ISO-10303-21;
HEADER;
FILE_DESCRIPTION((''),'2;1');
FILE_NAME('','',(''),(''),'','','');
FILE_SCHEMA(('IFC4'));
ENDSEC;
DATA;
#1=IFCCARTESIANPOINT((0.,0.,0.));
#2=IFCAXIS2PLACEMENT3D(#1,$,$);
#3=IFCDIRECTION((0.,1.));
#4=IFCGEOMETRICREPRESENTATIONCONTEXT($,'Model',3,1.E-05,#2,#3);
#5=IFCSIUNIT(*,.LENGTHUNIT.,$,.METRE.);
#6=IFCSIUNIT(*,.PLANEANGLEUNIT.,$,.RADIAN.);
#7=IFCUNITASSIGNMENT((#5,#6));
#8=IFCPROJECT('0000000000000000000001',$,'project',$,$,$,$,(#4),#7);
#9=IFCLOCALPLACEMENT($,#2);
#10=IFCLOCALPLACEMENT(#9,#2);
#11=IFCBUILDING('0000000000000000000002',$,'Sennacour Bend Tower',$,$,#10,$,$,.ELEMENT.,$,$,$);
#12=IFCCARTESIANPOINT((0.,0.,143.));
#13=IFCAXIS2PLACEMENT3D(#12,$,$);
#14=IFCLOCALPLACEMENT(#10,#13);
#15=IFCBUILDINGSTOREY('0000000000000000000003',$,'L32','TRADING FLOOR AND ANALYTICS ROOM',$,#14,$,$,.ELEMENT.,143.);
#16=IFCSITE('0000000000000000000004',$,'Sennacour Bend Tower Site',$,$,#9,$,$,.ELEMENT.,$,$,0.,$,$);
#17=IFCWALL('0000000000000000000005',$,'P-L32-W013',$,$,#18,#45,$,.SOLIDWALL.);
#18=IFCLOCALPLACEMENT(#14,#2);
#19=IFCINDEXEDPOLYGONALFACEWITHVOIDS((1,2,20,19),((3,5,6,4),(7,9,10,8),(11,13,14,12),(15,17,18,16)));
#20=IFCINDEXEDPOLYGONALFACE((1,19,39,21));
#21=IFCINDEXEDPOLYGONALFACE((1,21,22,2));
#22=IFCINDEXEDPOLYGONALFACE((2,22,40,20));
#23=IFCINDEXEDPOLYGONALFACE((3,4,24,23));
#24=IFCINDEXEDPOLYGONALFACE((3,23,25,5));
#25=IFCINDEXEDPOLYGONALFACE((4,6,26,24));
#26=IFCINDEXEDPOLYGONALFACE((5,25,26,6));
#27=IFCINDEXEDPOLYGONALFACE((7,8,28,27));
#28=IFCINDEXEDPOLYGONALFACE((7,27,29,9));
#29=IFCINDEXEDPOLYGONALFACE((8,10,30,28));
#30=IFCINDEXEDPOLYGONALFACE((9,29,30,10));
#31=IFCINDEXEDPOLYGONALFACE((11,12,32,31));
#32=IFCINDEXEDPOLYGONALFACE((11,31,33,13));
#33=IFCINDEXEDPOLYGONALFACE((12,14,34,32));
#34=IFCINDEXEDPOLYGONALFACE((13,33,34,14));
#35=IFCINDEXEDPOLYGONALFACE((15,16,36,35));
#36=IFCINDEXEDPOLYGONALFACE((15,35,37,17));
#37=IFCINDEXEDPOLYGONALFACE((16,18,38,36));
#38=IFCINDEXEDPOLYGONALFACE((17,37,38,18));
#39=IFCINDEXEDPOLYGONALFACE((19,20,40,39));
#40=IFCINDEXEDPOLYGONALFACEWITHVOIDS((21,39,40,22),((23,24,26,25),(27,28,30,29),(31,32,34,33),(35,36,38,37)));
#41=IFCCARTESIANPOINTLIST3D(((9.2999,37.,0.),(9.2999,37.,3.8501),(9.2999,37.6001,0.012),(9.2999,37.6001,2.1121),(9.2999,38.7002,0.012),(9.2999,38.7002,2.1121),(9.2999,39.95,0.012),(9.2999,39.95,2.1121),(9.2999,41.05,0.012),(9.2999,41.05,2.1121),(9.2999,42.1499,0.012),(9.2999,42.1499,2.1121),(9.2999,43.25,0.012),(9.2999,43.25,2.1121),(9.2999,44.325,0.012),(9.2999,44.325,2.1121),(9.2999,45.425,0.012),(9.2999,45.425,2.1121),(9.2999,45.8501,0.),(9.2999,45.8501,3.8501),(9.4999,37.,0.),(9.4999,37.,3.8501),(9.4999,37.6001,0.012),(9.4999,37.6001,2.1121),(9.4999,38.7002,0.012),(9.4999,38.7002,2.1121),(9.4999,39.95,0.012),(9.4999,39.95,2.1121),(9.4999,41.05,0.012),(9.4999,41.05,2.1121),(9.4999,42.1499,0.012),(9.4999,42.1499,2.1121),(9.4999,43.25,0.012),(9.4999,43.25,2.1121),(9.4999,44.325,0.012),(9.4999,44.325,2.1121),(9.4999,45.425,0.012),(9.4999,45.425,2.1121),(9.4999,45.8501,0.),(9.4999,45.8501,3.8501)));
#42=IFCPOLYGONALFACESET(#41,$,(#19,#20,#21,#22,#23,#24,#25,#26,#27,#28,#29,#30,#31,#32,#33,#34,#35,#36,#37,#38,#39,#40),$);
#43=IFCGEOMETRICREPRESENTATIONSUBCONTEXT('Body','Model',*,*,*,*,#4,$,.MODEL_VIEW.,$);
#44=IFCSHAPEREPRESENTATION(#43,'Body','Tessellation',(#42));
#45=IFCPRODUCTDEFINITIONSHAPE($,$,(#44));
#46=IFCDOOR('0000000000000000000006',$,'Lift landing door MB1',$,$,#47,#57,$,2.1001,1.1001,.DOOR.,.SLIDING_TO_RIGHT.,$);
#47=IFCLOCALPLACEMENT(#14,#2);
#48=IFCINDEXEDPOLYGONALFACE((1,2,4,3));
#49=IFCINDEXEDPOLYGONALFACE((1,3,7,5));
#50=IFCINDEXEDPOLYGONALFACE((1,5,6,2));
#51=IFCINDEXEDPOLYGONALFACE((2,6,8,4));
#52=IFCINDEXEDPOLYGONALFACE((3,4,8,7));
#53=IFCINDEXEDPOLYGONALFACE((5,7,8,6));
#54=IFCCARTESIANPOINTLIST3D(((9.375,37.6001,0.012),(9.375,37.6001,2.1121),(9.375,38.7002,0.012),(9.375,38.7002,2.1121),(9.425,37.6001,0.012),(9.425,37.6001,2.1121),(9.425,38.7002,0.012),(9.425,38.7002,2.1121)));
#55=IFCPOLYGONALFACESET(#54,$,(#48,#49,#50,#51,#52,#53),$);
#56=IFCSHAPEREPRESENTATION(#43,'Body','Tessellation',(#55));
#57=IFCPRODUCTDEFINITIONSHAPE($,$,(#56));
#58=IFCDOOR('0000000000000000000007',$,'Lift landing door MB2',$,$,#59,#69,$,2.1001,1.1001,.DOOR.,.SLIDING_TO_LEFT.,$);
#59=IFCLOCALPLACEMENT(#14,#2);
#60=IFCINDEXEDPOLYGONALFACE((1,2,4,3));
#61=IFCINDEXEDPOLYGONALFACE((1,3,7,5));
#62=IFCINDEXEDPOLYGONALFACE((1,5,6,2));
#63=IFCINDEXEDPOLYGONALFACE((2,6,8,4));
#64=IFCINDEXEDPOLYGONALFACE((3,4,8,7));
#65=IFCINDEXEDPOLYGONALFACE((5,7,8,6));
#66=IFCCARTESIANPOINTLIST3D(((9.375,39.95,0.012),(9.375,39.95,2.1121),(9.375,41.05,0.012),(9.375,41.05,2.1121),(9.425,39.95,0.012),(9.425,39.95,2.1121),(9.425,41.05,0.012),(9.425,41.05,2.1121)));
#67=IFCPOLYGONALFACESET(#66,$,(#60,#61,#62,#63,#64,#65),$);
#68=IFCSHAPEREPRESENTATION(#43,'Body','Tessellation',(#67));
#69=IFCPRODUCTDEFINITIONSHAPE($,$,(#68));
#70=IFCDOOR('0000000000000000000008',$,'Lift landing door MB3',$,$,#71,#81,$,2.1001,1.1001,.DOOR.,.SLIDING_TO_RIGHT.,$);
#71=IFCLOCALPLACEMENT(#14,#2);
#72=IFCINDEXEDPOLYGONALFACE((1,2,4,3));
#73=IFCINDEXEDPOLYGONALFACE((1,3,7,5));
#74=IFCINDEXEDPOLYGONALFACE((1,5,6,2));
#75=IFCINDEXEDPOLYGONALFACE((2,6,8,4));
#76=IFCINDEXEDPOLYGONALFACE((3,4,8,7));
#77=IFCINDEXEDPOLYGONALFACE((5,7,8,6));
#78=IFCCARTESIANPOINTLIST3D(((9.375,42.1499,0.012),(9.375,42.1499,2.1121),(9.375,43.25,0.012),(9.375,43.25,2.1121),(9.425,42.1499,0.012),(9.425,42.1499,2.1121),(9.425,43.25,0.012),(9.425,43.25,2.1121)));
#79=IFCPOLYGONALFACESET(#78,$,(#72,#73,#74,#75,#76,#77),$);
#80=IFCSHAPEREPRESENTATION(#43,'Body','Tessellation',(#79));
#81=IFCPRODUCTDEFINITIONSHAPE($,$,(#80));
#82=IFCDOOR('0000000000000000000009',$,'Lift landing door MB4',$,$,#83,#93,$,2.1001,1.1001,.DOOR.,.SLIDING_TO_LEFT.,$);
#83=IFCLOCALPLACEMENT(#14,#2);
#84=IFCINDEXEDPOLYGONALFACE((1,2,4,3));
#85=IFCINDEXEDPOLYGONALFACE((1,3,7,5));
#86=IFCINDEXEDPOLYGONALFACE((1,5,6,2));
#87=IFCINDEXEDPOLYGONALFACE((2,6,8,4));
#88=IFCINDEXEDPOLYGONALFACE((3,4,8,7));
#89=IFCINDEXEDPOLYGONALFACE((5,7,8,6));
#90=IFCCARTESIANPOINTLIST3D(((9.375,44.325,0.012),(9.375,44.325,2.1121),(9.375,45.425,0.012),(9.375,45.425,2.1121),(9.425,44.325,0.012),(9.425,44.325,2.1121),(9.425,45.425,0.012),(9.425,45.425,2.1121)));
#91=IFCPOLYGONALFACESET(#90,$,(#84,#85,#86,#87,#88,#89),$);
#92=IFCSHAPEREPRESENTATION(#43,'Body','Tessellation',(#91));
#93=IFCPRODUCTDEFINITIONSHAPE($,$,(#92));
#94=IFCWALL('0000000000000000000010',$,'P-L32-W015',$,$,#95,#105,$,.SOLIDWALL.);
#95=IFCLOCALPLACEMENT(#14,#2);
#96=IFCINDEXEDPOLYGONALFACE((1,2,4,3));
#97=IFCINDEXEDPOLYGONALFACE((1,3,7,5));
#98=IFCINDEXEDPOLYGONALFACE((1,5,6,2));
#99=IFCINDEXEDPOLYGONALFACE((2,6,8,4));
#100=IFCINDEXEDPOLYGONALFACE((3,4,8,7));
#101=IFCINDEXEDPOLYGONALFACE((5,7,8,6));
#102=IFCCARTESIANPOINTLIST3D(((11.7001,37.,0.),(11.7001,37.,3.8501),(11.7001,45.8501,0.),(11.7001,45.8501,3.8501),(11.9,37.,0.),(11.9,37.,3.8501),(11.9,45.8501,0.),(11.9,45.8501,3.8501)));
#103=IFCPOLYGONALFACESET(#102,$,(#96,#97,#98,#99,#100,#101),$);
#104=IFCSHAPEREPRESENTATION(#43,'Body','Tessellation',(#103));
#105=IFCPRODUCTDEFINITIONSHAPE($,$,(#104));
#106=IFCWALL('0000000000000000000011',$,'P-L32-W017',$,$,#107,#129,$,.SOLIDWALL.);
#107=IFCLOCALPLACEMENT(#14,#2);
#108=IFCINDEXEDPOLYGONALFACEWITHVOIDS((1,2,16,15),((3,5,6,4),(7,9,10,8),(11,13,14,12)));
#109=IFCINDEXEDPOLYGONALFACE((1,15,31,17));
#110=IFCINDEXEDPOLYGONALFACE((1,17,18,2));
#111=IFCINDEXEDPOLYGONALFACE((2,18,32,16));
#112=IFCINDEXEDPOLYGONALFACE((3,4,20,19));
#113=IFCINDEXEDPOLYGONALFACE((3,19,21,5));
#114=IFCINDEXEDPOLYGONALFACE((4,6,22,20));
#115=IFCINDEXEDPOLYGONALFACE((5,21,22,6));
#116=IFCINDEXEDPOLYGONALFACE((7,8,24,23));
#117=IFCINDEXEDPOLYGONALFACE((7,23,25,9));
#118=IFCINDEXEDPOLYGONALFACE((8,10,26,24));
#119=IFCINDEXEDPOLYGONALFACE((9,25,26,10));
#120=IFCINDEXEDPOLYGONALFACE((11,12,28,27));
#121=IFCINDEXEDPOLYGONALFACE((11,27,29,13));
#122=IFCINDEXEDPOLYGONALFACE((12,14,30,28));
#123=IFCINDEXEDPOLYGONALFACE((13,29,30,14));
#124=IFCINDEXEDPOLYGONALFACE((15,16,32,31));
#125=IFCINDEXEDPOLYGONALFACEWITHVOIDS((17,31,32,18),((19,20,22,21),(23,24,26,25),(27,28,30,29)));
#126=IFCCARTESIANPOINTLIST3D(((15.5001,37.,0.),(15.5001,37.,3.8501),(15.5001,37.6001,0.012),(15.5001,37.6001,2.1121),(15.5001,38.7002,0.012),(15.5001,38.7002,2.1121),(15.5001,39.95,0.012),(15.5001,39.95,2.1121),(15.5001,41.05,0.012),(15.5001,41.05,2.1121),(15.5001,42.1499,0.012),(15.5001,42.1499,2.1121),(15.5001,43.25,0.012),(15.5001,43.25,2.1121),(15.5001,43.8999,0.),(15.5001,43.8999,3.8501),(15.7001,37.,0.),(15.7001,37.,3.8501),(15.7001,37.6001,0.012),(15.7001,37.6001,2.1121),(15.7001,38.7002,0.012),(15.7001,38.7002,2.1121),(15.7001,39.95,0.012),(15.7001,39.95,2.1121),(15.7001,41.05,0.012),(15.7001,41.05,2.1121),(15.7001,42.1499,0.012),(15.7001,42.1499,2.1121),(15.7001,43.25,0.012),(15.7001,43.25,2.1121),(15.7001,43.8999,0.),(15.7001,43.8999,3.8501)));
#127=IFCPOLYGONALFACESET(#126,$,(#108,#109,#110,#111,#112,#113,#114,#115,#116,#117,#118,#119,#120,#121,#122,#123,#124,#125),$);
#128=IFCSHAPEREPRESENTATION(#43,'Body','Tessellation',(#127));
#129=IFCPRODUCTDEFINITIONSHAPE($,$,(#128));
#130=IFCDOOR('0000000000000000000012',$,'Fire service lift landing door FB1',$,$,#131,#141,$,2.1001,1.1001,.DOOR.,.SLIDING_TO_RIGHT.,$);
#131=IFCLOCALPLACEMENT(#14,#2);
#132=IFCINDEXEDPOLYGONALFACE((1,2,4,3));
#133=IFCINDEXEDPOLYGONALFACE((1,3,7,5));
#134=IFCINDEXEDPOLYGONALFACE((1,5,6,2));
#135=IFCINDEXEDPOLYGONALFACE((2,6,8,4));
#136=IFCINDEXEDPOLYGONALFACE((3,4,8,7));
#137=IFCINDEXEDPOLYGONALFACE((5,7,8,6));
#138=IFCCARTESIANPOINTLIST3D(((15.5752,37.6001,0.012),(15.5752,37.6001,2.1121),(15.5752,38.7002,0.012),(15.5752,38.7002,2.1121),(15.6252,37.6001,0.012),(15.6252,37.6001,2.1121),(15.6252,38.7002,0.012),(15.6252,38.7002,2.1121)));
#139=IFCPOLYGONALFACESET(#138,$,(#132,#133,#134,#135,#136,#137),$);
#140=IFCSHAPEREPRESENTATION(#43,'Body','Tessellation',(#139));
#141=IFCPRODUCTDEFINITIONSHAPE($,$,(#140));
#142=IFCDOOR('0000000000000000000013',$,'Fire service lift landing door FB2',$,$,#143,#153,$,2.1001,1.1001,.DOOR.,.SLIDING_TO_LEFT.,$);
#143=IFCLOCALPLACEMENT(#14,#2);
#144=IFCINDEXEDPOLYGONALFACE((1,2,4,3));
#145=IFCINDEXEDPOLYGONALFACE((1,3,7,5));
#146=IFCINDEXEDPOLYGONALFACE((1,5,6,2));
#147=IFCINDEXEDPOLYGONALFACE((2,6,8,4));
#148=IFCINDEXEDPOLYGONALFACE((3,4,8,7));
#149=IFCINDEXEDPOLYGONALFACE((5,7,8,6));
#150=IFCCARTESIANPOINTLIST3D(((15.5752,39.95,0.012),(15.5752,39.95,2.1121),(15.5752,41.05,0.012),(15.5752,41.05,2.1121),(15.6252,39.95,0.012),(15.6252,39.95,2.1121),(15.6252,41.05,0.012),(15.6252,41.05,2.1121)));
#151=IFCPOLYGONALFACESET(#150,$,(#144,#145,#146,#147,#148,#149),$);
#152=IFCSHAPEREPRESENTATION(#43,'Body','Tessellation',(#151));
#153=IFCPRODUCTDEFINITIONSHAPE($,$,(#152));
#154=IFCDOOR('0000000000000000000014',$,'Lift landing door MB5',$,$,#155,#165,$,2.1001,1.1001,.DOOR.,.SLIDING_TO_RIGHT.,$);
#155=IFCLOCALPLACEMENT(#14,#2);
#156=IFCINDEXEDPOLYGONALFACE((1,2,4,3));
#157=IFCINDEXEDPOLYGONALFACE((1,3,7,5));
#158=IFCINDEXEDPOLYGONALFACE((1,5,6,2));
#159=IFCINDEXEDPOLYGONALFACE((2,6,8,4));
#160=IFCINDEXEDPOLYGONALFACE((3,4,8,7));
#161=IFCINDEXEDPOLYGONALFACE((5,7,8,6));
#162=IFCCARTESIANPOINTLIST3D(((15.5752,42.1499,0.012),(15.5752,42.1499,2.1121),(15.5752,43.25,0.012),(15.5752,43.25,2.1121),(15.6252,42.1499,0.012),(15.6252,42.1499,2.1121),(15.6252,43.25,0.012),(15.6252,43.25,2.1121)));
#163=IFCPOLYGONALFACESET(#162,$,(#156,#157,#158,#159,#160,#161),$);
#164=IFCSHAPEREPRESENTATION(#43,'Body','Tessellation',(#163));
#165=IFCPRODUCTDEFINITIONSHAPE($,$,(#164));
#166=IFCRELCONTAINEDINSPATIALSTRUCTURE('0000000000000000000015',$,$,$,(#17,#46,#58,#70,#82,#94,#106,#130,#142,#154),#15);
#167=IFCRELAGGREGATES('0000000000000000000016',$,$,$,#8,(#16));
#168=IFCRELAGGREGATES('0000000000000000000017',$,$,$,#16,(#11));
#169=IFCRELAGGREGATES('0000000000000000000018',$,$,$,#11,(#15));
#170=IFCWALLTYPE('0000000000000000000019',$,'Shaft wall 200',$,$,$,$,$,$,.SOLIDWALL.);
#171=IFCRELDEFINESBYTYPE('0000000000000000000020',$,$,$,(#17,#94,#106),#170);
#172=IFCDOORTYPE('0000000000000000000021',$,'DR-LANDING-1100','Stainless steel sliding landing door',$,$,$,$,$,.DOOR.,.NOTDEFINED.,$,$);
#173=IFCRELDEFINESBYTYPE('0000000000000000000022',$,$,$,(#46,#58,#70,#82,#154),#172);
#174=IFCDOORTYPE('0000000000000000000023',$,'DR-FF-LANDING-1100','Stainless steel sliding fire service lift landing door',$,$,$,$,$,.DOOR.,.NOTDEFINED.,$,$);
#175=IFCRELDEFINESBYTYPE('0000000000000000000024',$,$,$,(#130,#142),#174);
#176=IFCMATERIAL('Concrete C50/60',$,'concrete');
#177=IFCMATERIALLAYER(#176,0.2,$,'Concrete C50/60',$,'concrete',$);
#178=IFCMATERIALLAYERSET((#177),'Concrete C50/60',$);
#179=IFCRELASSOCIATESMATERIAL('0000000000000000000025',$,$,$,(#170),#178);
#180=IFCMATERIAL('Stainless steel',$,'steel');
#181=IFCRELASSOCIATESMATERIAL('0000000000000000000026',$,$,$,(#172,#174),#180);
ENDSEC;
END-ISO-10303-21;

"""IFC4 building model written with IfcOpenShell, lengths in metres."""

from ifc_helpers import new_model, si_unit, direction, frame, frame_2d, origin, place, context, subcontext, project, spatial, rectangle, extrude, material, layer, layer_set, type_object, element, fill, save


model = new_model("IFC4")

# Units and contexts
model_context = context("Model", 3, precision=1e-05, world=origin(), true_north=direction((0.0, 1.0)))
body_context = subcontext(model_context, "Body", "Model", "MODEL_VIEW")
ifc_project = project(units=[si_unit("LENGTHUNIT", "METRE"), si_unit("PLANEANGLEUNIT", "RADIAN")], contexts=[model_context])

# Site, building, storey
site_placement = place(None, origin())
site = spatial("IfcSite", under=ifc_project, at=site_placement, Name="Sennacour Bend Tower Site", CompositionType="ELEMENT", RefElevation=0.0)
building_placement = place(site_placement, origin())
building = spatial("IfcBuilding", under=site, at=building_placement, Name="Sennacour Bend Tower", CompositionType="ELEMENT")
storey_placement = place(building_placement, frame((0.0, 0.0, 143.0)))
storey = spatial("IfcBuildingStorey", under=building, at=storey_placement, Name="L32", Description="TRADING FLOOR AND ANALYTICS ROOM", CompositionType="ELEMENT", Elevation=143.0)

# Wall, openings, doors
ifc_material_1 = material(Name="Concrete C50/60", Category="concrete")
ifc_layer_1 = layer(ifc_material_1, 0.2, Name="Concrete C50/60", Category="concrete")
ifc_layer_set_1 = layer_set([ifc_layer_1], Name="Concrete C50/60")
wall_type_1 = type_object("IfcWallType", Name="Shaft wall 200", PredefinedType="SOLIDWALL", material=ifc_layer_set_1)
wall_1_placement = place(storey_placement, frame((9.3999, 37.0, 0.0), z_axis=(0.0, 0.0, 1.0), x_axis=(0.0, 1.0, 0.0)))
wall_1 = element("IfcWall", 1, at=wall_1_placement, inside=storey, type_object=wall_type_1, Name="P-L32-W013", PredefinedType="SOLIDWALL", context=body_context, shape_type="SweptSolid", body=[
    extrude(rectangle(XDim=8.8501, YDim=0.2, at=frame_2d((4.425, 0.0))), origin(), (0.0, 0.0, 1.0), 3.8501),
])
opening_1_placement = place(wall_1_placement, frame((0.6001, 0.0, 0.012)))
opening_1 = element("IfcOpeningElement", 2, at=opening_1_placement, cuts=wall_1, PredefinedType="OPENING", context=body_context, shape_type="SweptSolid", body=[
    extrude(rectangle(XDim=1.1001, YDim=2.1001, at=frame_2d((0.55, 1.05))), frame((0.0, 0.1099, 0.0), z_axis=(0.0, -1.0, 0.0), x_axis=(1.0, 0.0, 0.0)), (0.0, 0.0, 1.0), 0.22),
])
opening_2_placement = place(wall_1_placement, frame((2.95, 0.0, 0.012)))
opening_2 = element("IfcOpeningElement", 3, at=opening_2_placement, cuts=wall_1, PredefinedType="OPENING", context=body_context, shape_type="SweptSolid", body=[
    extrude(rectangle(XDim=1.1001, YDim=2.1001, at=frame_2d((0.55, 1.05))), frame((0.0, 0.1099, 0.0), z_axis=(0.0, -1.0, 0.0), x_axis=(1.0, 0.0, 0.0)), (0.0, 0.0, 1.0), 0.22),
])
opening_3_placement = place(wall_1_placement, frame((5.1499, 0.0, 0.012)))
opening_3 = element("IfcOpeningElement", 4, at=opening_3_placement, cuts=wall_1, PredefinedType="OPENING", context=body_context, shape_type="SweptSolid", body=[
    extrude(rectangle(XDim=1.1001, YDim=2.1001, at=frame_2d((0.55, 1.05))), frame((0.0, 0.1099, 0.0), z_axis=(0.0, -1.0, 0.0), x_axis=(1.0, 0.0, 0.0)), (0.0, 0.0, 1.0), 0.22),
])
opening_4_placement = place(wall_1_placement, frame((7.325, 0.0, 0.012)))
opening_4 = element("IfcOpeningElement", 5, at=opening_4_placement, cuts=wall_1, PredefinedType="OPENING", context=body_context, shape_type="SweptSolid", body=[
    extrude(rectangle(XDim=1.1001, YDim=2.1001, at=frame_2d((0.55, 1.05))), frame((0.0, 0.1099, 0.0), z_axis=(0.0, -1.0, 0.0), x_axis=(1.0, 0.0, 0.0)), (0.0, 0.0, 1.0), 0.22),
])
ifc_material_2 = material(Name="Stainless steel", Category="steel")
door_type_1 = type_object("IfcDoorType", Name="DR-LANDING-1100", Description="Stainless steel sliding landing door", OperationType="NOTDEFINED", PredefinedType="DOOR", material=ifc_material_2)
door_1_placement = place(opening_1_placement, origin())
door_1 = element("IfcDoor", 6, at=door_1_placement, inside=storey, type_object=door_type_1, Name="Lift landing door MB1", OperationType="SLIDING_TO_RIGHT", OverallHeight=2.1001, OverallWidth=1.1001, PredefinedType="DOOR", context=body_context, shape_type="SweptSolid", body=[
    extrude(rectangle(XDim=1.1001, YDim=2.1001, at=frame_2d((0.55, 1.05))), frame((0.0, 0.0249, 0.0), z_axis=(0.0, -1.0, 0.0), x_axis=(1.0, 0.0, 0.0)), (0.0, 0.0, 1.0), 0.05),
])
fill(opening_1, door_1)
door_2_placement = place(opening_2_placement, origin())
door_2 = element("IfcDoor", 7, at=door_2_placement, inside=storey, type_object=door_type_1, Name="Lift landing door MB2", OperationType="SLIDING_TO_LEFT", OverallHeight=2.1001, OverallWidth=1.1001, PredefinedType="DOOR", context=body_context, shape_type="SweptSolid", body=[
    extrude(rectangle(XDim=1.1001, YDim=2.1001, at=frame_2d((0.55, 1.05))), frame((0.0, 0.0249, 0.0), z_axis=(0.0, -1.0, 0.0), x_axis=(1.0, 0.0, 0.0)), (0.0, 0.0, 1.0), 0.05),
])
fill(opening_2, door_2)
door_3_placement = place(opening_3_placement, origin())
door_3 = element("IfcDoor", 8, at=door_3_placement, inside=storey, type_object=door_type_1, Name="Lift landing door MB3", OperationType="SLIDING_TO_RIGHT", OverallHeight=2.1001, OverallWidth=1.1001, PredefinedType="DOOR", context=body_context, shape_type="SweptSolid", body=[
    extrude(rectangle(XDim=1.1001, YDim=2.1001, at=frame_2d((0.55, 1.05))), frame((0.0, 0.0249, 0.0), z_axis=(0.0, -1.0, 0.0), x_axis=(1.0, 0.0, 0.0)), (0.0, 0.0, 1.0), 0.05),
])
fill(opening_3, door_3)
door_4_placement = place(opening_4_placement, origin())
door_4 = element("IfcDoor", 9, at=door_4_placement, inside=storey, type_object=door_type_1, Name="Lift landing door MB4", OperationType="SLIDING_TO_LEFT", OverallHeight=2.1001, OverallWidth=1.1001, PredefinedType="DOOR", context=body_context, shape_type="SweptSolid", body=[
    extrude(rectangle(XDim=1.1001, YDim=2.1001, at=frame_2d((0.55, 1.05))), frame((0.0, 0.0249, 0.0), z_axis=(0.0, -1.0, 0.0), x_axis=(1.0, 0.0, 0.0)), (0.0, 0.0, 1.0), 0.05),
])
fill(opening_4, door_4)

# Wall
wall_2_placement = place(storey_placement, frame((11.8, 37.0, 0.0), z_axis=(0.0, 0.0, 1.0), x_axis=(0.0, 1.0, 0.0)))
element("IfcWall", 10, at=wall_2_placement, inside=storey, type_object=wall_type_1, Name="P-L32-W015", PredefinedType="SOLIDWALL", context=body_context, shape_type="SweptSolid", body=[
    extrude(rectangle(XDim=8.8501, YDim=0.2, at=frame_2d((4.425, 0.0))), origin(), (0.0, 0.0, 1.0), 3.8501),
])

# Wall, openings, doors
wall_3_placement = place(storey_placement, frame((15.6001, 37.0, 0.0), z_axis=(0.0, 0.0, 1.0), x_axis=(0.0, 1.0, 0.0)))
wall_3 = element("IfcWall", 11, at=wall_3_placement, inside=storey, type_object=wall_type_1, Name="P-L32-W017", PredefinedType="SOLIDWALL", context=body_context, shape_type="SweptSolid", body=[
    extrude(rectangle(XDim=6.8999, YDim=0.2, at=frame_2d((3.45, 0.0))), origin(), (0.0, 0.0, 1.0), 3.8501),
])
opening_5_placement = place(wall_3_placement, frame((0.6001, 0.0, 0.012)))
opening_5 = element("IfcOpeningElement", 12, at=opening_5_placement, cuts=wall_3, PredefinedType="OPENING", context=body_context, shape_type="SweptSolid", body=[
    extrude(rectangle(XDim=1.1001, YDim=2.1001, at=frame_2d((0.55, 1.05))), frame((0.0, 0.1099, 0.0), z_axis=(0.0, -1.0, 0.0), x_axis=(1.0, 0.0, 0.0)), (0.0, 0.0, 1.0), 0.22),
])
opening_6_placement = place(wall_3_placement, frame((2.95, 0.0, 0.012)))
opening_6 = element("IfcOpeningElement", 13, at=opening_6_placement, cuts=wall_3, PredefinedType="OPENING", context=body_context, shape_type="SweptSolid", body=[
    extrude(rectangle(XDim=1.1001, YDim=2.1001, at=frame_2d((0.55, 1.05))), frame((0.0, 0.1099, 0.0), z_axis=(0.0, -1.0, 0.0), x_axis=(1.0, 0.0, 0.0)), (0.0, 0.0, 1.0), 0.22),
])
opening_7_placement = place(wall_3_placement, frame((5.1499, 0.0, 0.012)))
opening_7 = element("IfcOpeningElement", 14, at=opening_7_placement, cuts=wall_3, PredefinedType="OPENING", context=body_context, shape_type="SweptSolid", body=[
    extrude(rectangle(XDim=1.1001, YDim=2.1001, at=frame_2d((0.55, 1.05))), frame((0.0, 0.1099, 0.0), z_axis=(0.0, -1.0, 0.0), x_axis=(1.0, 0.0, 0.0)), (0.0, 0.0, 1.0), 0.22),
])
door_type_2 = type_object("IfcDoorType", Name="DR-FF-LANDING-1100", Description="Stainless steel sliding fire service lift landing door", OperationType="NOTDEFINED", PredefinedType="DOOR", material=ifc_material_2)
door_5_placement = place(opening_5_placement, origin())
door_5 = element("IfcDoor", 15, at=door_5_placement, inside=storey, type_object=door_type_2, Name="Fire service lift landing door FB1", OperationType="SLIDING_TO_RIGHT", OverallHeight=2.1001, OverallWidth=1.1001, PredefinedType="DOOR", context=body_context, shape_type="SweptSolid", body=[
    extrude(rectangle(XDim=1.1001, YDim=2.1001, at=frame_2d((0.55, 1.05))), frame((0.0, 0.0249, 0.0), z_axis=(0.0, -1.0, 0.0), x_axis=(1.0, 0.0, 0.0)), (0.0, 0.0, 1.0), 0.05),
])
fill(opening_5, door_5)
door_6_placement = place(opening_6_placement, origin())
door_6 = element("IfcDoor", 16, at=door_6_placement, inside=storey, type_object=door_type_2, Name="Fire service lift landing door FB2", OperationType="SLIDING_TO_LEFT", OverallHeight=2.1001, OverallWidth=1.1001, PredefinedType="DOOR", context=body_context, shape_type="SweptSolid", body=[
    extrude(rectangle(XDim=1.1001, YDim=2.1001, at=frame_2d((0.55, 1.05))), frame((0.0, 0.0249, 0.0), z_axis=(0.0, -1.0, 0.0), x_axis=(1.0, 0.0, 0.0)), (0.0, 0.0, 1.0), 0.05),
])
fill(opening_6, door_6)
door_7_placement = place(opening_7_placement, origin())
door_7 = element("IfcDoor", 17, at=door_7_placement, inside=storey, type_object=door_type_1, Name="Lift landing door MB5", OperationType="SLIDING_TO_RIGHT", OverallHeight=2.1001, OverallWidth=1.1001, PredefinedType="DOOR", context=body_context, shape_type="SweptSolid", body=[
    extrude(rectangle(XDim=1.1001, YDim=2.1001, at=frame_2d((0.55, 1.05))), frame((0.0, 0.0249, 0.0), z_axis=(0.0, -1.0, 0.0), x_axis=(1.0, 0.0, 0.0)), (0.0, 0.0, 1.0), 0.05),
])
fill(opening_7, door_7)

save(model, "model.ifc")
